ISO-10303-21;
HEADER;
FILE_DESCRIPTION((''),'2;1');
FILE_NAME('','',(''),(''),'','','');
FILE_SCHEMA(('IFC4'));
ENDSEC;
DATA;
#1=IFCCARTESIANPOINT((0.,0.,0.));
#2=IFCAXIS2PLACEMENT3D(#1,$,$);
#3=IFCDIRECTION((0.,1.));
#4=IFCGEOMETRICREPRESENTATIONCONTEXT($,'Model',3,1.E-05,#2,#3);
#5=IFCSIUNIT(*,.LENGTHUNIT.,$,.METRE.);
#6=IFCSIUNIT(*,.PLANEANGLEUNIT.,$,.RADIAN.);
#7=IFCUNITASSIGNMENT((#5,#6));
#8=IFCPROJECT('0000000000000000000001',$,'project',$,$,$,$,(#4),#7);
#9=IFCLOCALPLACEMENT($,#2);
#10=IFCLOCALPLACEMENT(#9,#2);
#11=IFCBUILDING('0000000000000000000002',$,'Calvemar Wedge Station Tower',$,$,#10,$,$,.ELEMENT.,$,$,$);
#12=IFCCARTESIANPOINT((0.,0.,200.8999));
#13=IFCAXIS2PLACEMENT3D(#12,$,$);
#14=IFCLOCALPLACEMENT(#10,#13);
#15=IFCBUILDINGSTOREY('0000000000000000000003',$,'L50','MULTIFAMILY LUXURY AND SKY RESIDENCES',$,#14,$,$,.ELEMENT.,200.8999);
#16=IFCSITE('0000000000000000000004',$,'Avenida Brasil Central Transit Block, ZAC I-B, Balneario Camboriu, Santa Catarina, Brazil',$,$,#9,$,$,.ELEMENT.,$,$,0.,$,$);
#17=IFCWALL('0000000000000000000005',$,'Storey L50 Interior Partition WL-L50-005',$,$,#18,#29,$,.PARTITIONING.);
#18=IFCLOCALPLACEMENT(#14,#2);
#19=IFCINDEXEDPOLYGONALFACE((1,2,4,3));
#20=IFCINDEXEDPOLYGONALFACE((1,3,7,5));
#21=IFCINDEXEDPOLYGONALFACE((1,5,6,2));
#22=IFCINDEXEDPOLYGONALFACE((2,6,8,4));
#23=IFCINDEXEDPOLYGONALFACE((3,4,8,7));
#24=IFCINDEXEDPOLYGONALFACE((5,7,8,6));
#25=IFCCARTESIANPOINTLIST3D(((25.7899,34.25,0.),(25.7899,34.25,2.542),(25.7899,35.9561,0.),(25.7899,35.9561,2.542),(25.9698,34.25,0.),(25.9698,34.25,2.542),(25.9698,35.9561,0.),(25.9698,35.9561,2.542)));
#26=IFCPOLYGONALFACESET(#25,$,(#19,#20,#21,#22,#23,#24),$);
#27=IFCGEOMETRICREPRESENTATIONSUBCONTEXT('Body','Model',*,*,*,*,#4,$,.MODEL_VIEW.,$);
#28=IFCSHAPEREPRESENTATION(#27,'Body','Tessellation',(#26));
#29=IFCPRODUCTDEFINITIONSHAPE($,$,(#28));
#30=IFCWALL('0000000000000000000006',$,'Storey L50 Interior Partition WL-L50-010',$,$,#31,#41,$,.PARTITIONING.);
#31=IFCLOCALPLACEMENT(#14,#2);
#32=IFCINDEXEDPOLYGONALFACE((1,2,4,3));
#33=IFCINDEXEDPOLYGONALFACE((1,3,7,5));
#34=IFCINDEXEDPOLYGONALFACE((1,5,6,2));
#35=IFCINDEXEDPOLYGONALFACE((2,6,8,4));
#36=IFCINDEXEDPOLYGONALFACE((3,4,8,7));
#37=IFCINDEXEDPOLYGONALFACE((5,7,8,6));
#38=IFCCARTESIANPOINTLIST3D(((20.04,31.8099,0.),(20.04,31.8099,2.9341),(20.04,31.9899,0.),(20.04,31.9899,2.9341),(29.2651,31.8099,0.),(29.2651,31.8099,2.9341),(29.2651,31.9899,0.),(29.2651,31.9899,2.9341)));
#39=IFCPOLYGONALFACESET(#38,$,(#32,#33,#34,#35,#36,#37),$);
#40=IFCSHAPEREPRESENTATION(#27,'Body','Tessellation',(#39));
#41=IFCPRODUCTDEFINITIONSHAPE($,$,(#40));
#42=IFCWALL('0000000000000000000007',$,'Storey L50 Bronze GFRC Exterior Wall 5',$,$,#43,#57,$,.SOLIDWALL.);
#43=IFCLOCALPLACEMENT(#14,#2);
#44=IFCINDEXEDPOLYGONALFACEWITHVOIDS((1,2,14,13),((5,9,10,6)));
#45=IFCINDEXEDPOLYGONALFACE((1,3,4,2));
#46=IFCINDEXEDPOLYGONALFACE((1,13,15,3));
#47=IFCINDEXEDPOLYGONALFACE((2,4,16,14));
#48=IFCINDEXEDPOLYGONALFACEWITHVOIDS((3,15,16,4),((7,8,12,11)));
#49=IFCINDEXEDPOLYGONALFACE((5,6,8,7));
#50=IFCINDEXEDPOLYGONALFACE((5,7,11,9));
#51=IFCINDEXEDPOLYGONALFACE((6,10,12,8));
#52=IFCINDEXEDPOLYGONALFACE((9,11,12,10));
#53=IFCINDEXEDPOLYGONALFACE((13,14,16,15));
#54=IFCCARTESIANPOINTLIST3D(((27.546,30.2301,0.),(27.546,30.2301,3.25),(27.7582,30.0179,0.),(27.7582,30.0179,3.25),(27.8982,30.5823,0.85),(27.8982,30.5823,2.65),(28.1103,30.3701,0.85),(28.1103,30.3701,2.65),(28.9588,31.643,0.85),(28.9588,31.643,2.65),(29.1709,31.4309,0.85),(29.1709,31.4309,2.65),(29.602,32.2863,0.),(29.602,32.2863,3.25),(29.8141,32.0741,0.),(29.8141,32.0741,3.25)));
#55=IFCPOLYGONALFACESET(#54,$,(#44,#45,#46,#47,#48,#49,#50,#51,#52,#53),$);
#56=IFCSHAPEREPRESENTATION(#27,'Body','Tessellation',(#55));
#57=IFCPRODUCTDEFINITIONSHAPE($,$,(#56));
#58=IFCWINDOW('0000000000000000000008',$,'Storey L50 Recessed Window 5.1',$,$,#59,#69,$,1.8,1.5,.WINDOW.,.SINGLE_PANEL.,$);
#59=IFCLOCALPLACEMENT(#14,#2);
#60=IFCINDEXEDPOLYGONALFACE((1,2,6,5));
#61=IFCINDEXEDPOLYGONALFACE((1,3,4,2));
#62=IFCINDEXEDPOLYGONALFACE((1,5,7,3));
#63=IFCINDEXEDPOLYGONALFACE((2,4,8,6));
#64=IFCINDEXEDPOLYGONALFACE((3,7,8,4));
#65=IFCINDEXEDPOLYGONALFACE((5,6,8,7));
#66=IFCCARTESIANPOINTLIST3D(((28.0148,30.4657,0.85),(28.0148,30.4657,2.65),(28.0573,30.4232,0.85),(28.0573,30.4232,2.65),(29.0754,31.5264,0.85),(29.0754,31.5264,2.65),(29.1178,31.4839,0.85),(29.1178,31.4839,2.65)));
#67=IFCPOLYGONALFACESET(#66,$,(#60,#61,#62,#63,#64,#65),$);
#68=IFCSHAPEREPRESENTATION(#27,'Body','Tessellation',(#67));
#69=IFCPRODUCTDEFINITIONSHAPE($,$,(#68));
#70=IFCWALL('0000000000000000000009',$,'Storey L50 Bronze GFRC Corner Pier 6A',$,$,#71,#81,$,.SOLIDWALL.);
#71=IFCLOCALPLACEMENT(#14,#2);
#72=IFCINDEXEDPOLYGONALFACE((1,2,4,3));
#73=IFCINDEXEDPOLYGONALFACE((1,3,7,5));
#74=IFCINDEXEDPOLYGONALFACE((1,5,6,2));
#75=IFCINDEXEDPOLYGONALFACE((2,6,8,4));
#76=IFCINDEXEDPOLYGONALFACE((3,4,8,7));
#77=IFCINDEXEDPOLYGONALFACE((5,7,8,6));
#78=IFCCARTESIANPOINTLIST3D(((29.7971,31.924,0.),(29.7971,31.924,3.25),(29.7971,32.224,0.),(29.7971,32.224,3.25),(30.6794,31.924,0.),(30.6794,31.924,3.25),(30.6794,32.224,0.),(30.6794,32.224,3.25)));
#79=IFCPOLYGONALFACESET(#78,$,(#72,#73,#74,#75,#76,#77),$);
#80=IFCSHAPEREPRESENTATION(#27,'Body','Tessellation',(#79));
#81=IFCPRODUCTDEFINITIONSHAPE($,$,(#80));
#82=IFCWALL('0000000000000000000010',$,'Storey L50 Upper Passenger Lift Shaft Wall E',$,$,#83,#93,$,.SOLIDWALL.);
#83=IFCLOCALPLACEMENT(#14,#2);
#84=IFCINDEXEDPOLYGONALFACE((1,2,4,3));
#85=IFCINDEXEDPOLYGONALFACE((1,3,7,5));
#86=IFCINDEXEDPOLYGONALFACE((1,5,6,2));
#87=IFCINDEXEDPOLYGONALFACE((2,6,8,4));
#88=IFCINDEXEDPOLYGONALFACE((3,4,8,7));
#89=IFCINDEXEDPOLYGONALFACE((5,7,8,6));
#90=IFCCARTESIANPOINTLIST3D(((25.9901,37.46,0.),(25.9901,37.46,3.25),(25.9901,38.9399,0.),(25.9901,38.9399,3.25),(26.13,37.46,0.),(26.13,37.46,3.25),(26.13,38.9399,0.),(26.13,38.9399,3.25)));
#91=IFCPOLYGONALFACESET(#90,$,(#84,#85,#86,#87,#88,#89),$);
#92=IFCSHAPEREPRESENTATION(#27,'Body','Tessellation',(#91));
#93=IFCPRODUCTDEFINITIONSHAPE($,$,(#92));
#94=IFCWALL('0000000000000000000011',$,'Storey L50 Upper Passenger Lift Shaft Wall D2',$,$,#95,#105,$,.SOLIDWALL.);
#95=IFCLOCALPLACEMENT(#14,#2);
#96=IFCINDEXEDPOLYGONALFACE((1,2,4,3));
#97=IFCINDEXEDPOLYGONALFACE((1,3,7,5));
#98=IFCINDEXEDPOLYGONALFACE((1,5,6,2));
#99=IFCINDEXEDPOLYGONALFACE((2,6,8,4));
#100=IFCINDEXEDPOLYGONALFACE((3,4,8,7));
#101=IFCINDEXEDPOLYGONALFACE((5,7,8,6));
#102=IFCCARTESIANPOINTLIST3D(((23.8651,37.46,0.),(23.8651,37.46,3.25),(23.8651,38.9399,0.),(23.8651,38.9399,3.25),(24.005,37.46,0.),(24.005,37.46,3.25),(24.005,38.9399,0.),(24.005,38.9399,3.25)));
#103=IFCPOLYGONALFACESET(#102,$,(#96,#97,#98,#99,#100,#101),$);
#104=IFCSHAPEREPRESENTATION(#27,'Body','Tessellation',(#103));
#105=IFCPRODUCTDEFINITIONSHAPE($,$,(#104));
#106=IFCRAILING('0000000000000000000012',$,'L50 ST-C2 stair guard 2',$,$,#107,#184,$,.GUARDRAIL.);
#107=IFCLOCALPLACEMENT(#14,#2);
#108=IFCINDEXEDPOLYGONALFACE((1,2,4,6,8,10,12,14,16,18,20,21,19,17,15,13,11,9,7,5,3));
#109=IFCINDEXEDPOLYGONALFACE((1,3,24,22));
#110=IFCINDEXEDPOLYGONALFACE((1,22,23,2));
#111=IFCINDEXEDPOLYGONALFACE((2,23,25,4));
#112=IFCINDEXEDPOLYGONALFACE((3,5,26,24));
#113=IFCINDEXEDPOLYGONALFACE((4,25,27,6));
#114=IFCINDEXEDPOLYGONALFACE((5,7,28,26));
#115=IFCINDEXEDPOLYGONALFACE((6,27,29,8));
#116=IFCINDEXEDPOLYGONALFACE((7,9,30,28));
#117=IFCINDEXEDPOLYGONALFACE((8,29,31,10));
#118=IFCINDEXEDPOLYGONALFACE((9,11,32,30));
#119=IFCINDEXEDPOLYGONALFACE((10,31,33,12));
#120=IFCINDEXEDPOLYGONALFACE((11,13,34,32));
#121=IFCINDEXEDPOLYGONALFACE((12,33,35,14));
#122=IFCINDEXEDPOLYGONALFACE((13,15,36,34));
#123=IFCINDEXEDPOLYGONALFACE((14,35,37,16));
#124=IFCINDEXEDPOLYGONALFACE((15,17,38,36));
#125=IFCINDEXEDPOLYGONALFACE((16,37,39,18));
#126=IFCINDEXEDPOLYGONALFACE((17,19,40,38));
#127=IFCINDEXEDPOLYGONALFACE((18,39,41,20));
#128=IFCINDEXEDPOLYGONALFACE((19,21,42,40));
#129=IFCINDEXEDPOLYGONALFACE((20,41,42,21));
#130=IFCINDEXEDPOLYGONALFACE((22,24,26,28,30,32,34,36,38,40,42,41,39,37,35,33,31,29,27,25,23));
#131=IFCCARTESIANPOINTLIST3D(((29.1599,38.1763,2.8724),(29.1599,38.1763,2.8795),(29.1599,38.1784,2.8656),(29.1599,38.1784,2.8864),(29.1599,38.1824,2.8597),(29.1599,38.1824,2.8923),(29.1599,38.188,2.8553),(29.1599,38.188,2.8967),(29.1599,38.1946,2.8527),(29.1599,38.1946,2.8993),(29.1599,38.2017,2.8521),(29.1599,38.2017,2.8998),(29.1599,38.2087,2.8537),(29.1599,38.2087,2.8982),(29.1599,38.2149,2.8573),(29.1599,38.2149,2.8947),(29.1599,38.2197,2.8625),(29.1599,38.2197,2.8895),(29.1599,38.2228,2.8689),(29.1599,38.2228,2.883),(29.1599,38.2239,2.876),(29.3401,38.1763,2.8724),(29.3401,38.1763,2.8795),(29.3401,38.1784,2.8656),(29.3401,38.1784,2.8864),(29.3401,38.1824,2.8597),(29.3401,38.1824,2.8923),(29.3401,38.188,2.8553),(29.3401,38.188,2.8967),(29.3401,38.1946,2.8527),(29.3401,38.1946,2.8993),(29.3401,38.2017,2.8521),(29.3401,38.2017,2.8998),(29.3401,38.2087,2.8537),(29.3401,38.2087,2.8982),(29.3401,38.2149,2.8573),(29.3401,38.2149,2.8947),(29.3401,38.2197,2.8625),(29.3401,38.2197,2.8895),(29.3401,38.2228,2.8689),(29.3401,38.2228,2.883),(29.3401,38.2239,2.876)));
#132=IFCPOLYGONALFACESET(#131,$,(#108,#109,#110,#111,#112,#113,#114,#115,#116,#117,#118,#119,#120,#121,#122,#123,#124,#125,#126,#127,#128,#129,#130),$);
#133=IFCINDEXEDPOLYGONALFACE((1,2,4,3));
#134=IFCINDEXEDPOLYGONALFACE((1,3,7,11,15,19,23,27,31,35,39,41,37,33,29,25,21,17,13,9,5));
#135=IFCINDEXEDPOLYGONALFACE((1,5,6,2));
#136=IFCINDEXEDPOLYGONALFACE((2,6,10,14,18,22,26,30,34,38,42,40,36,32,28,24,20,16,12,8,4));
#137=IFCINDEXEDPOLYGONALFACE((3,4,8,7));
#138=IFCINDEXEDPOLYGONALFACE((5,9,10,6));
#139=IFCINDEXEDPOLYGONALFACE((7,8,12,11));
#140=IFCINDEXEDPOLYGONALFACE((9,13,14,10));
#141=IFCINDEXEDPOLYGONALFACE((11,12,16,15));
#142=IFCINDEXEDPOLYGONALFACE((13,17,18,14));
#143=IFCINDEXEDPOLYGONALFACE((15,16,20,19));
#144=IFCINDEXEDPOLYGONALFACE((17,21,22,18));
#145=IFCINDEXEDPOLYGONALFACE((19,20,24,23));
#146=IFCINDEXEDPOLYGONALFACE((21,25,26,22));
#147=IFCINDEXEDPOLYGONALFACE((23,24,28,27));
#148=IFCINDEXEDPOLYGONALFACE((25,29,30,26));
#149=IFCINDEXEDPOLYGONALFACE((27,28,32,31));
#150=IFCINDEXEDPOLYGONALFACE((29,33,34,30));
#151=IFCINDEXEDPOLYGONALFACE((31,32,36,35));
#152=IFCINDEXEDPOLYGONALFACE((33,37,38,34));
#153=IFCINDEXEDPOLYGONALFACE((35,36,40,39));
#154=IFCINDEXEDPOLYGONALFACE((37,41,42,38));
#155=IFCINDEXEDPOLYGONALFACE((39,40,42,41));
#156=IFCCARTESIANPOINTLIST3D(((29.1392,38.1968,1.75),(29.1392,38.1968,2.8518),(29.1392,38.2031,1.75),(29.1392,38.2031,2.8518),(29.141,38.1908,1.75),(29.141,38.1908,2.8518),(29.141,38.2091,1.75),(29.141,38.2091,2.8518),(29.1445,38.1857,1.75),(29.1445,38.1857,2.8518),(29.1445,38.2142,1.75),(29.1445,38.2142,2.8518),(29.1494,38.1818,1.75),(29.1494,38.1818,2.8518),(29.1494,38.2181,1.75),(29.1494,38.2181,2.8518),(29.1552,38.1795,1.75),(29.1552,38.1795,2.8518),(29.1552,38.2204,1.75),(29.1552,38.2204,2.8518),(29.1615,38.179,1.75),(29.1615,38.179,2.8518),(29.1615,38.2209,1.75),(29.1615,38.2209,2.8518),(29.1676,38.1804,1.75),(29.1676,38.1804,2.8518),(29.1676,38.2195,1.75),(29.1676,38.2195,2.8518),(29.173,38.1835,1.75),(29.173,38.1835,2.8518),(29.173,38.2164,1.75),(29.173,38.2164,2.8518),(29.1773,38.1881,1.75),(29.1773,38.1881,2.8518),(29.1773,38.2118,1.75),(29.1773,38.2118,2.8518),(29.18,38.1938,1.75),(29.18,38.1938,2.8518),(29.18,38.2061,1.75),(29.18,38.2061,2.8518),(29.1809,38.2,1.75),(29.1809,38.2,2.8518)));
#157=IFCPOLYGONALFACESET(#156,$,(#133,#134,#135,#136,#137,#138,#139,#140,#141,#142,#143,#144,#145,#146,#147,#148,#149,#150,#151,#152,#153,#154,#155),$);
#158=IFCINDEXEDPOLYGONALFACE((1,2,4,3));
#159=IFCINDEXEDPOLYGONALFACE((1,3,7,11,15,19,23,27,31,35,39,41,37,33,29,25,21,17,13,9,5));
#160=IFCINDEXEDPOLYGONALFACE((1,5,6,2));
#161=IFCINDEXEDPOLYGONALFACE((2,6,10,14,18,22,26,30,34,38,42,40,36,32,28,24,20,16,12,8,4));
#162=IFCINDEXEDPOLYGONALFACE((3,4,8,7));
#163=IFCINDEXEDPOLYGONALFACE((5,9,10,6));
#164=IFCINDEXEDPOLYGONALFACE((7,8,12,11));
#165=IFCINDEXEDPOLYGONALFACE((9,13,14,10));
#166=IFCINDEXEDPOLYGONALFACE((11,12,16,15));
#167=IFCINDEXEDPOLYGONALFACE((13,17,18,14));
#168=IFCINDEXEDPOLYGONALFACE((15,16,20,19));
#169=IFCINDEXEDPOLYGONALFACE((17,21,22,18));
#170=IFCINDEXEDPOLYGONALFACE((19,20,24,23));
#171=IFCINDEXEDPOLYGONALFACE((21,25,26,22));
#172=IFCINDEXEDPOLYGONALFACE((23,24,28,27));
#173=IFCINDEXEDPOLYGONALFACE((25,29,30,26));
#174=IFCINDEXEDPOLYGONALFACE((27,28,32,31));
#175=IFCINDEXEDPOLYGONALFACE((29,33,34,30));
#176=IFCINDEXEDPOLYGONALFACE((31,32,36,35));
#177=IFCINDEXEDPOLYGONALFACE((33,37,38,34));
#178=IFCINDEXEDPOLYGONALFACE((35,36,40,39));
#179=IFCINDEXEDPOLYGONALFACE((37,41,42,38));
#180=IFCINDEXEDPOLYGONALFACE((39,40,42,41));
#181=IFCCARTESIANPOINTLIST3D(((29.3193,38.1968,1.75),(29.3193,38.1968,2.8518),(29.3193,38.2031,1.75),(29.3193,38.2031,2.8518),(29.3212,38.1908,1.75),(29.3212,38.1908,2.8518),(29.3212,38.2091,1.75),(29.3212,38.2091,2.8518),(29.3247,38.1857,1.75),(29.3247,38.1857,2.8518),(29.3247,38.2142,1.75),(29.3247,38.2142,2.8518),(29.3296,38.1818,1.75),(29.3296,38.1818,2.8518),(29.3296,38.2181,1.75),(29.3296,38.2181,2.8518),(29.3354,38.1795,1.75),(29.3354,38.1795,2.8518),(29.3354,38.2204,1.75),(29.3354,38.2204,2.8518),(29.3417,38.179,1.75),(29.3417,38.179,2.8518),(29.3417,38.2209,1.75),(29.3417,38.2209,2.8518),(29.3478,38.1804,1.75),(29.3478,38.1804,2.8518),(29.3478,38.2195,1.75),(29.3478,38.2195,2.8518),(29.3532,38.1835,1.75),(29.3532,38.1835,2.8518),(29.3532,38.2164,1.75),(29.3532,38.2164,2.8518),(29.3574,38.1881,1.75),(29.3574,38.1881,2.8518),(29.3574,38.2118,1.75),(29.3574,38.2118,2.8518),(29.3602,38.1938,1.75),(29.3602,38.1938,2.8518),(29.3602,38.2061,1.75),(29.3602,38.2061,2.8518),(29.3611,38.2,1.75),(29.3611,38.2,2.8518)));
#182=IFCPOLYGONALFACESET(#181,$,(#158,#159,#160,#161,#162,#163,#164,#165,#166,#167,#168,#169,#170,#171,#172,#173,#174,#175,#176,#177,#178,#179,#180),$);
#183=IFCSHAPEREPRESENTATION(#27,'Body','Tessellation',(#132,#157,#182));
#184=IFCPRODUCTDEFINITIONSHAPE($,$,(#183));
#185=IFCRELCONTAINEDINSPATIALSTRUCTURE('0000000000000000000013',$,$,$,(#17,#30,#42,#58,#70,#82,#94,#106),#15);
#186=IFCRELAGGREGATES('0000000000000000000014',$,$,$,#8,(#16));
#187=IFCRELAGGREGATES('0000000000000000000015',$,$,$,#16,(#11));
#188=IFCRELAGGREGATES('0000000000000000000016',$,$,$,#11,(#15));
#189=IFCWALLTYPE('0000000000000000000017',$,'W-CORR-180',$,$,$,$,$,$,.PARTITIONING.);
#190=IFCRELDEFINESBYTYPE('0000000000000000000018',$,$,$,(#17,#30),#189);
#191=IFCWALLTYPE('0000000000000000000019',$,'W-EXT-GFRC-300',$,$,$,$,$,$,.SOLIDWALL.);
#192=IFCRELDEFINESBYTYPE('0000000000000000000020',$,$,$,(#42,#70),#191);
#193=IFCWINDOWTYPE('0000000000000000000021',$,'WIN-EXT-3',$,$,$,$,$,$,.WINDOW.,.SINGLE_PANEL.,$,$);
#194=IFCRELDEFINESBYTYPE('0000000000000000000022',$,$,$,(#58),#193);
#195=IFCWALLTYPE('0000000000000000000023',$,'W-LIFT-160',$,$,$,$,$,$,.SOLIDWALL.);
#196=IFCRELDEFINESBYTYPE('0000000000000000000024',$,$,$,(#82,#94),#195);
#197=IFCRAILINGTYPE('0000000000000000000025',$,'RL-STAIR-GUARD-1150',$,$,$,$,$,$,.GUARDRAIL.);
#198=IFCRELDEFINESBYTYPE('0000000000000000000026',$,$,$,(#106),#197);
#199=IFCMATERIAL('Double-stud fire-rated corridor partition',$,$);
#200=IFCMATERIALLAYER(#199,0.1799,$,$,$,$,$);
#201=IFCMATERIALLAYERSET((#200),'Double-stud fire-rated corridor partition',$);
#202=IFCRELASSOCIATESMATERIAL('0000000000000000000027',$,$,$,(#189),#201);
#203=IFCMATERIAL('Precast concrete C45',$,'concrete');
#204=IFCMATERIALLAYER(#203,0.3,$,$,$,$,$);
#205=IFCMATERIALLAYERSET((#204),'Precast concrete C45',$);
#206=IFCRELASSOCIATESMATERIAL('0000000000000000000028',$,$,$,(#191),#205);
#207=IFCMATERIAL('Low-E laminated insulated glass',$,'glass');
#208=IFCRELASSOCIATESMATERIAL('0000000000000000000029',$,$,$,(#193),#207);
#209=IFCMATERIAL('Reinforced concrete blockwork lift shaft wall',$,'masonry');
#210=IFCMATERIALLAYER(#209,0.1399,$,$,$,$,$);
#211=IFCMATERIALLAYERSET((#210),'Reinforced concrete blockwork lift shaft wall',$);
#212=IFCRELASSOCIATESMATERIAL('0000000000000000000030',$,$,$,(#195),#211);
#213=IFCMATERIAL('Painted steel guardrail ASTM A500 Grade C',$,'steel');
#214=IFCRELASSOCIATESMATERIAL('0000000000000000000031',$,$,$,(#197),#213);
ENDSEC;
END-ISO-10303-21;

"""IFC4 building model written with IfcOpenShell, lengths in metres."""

from ifc_helpers import new_model, si_unit, direction, frame, frame_2d, origin, origin_2d, place, context, subcontext, project, spatial, rectangle, circle, extrude, source, transform, mapped, material, layer, layer_set, type_object, element, fill, save


model = new_model("IFC4")

# Units and contexts
model_context = context("Model", 3, precision=1e-05, world=origin(), true_north=direction((0.0, 1.0)))
body_context = subcontext(model_context, "Body", "Model", "MODEL_VIEW")
ifc_project = project(units=[si_unit("LENGTHUNIT", "METRE"), si_unit("PLANEANGLEUNIT", "RADIAN")], contexts=[model_context])

# Site, building, storey
site_placement = place(None, origin())
site = spatial("IfcSite", under=ifc_project, at=site_placement, Name="Avenida Brasil Central Transit Block, ZAC I-B, Balneario Camboriu, Santa Catarina, Brazil", CompositionType="ELEMENT", RefElevation=0.0)
building_placement = place(site_placement, origin())
building = spatial("IfcBuilding", under=site, at=building_placement, Name="Calvemar Wedge Station Tower", CompositionType="ELEMENT")
storey_placement = place(building_placement, frame((0.0, 0.0, 200.8999)))
storey = spatial("IfcBuildingStorey", under=building, at=storey_placement, Name="L50", Description="MULTIFAMILY LUXURY AND SKY RESIDENCES", CompositionType="ELEMENT", Elevation=200.8999)

# Walls
ifc_material_1 = material(Name="Double-stud fire-rated corridor partition")
ifc_layer_1 = layer(ifc_material_1, 0.1799)
ifc_layer_set_1 = layer_set([ifc_layer_1], Name="Double-stud fire-rated corridor partition")
wall_type_1 = type_object("IfcWallType", Name="W-CORR-180", PredefinedType="PARTITIONING", material=ifc_layer_set_1)
wall_1_placement = place(storey_placement, frame((25.8799, 35.9561, 0.0), z_axis=(0.0, 0.0, 1.0), x_axis=(0.0, -1.0, 0.0)))
element("IfcWall", 1, at=wall_1_placement, inside=storey, type_object=wall_type_1, Name="Storey L50 Interior Partition WL-L50-005", PredefinedType="PARTITIONING", context=body_context, shape_type="SweptSolid", body=[
    extrude(rectangle(XDim=1.7061, YDim=0.1799, at=frame_2d((0.853, 0.0))), origin(), (0.0, 0.0, 1.0), 2.542),
])
wall_2_placement = place(storey_placement, frame((29.2651, 31.8999, 0.0), z_axis=(0.0, 0.0, 1.0), x_axis=(-1.0, 0.0, 0.0)))
element("IfcWall", 2, at=wall_2_placement, inside=storey, type_object=wall_type_1, Name="Storey L50 Interior Partition WL-L50-010", PredefinedType="PARTITIONING", context=body_context, shape_type="SweptSolid", body=[
    extrude(rectangle(XDim=9.2251, YDim=0.1799, at=frame_2d((4.6125, 0.0))), origin(), (0.0, 0.0, 1.0), 2.9341),
])

# Wall, opening, window
ifc_material_2 = material(Name="Precast concrete C45", Category="concrete")
ifc_layer_2 = layer(ifc_material_2, 0.3)
ifc_layer_set_2 = layer_set([ifc_layer_2], Name="Precast concrete C45")
wall_type_2 = type_object("IfcWallType", Name="W-EXT-GFRC-300", PredefinedType="SOLIDWALL", material=ifc_layer_set_2)
wall_3_placement = place(storey_placement, frame((27.6521, 30.124, 0.0), z_axis=(0.0, 0.0, 1.0), x_axis=(0.707065, 0.707149, 0.0)))
wall_3 = element("IfcWall", 3, at=wall_3_placement, inside=storey, type_object=wall_type_2, Name="Storey L50 Bronze GFRC Exterior Wall 5", PredefinedType="SOLIDWALL", context=body_context, shape_type="SweptSolid", body=[
    extrude(rectangle(XDim=2.9077, YDim=0.3, at=frame_2d((1.4539, 0.0))), origin(), (0.0, 0.0, 1.0), 3.25),
])
shared_shape_1 = source(origin(), body_context, "Body", "SweptSolid", [
    extrude(rectangle(XDim=1.5, YDim=1.8, at=frame_2d((0.75, 0.8999))), frame((0.0, 0.1602, 0.0), z_axis=(0.0, -1.0, 0.0), x_axis=(1.0, 0.0, 0.0)), (0.0, 0.0, 1.0), 0.3201),
])
opening_1_placement = place(wall_3_placement, frame((0.498, 0.0, 0.8501)))
opening_1 = element("IfcOpeningElement", 4, at=opening_1_placement, cuts=wall_3, PredefinedType="OPENING", context=body_context, shape_type="MappedRepresentation", body=[
    mapped(shared_shape_1, transform((0.0, 0.0, 0.0), scale=1.0)),
])
ifc_material_3 = material(Name="Low-E laminated insulated glass", Category="glass")
window_type = type_object("IfcWindowType", Name="WIN-EXT-3", PartitioningType="SINGLE_PANEL", PredefinedType="WINDOW", material=ifc_material_3)
shared_shape_2 = source(origin(), body_context, "Body", "SweptSolid", [
    extrude(rectangle(XDim=1.5, YDim=1.8, at=frame_2d((0.75, 0.8999))), frame((0.0, -0.0149, 0.0), z_axis=(0.0, -1.0, 0.0), x_axis=(1.0, 0.0, 0.0)), (0.0, 0.0, 1.0), 0.0601),
])
window_placement = place(opening_1_placement, origin())
window = element("IfcWindow", 5, at=window_placement, inside=storey, type_object=window_type, Name="Storey L50 Recessed Window 5.1", OverallHeight=1.8, OverallWidth=1.5, PartitioningType="SINGLE_PANEL", PredefinedType="WINDOW", context=body_context, shape_type="MappedRepresentation", body=[
    mapped(shared_shape_2, transform((0.0, 0.0, 0.0), scale=1.0)),
])
fill(opening_1, window)

# Walls
wall_4_placement = place(storey_placement, frame((29.7971, 32.074, 0.0), z_axis=(0.0, 0.0, 1.0), x_axis=(1.0, 0.0, 0.0)))
element("IfcWall", 6, at=wall_4_placement, inside=storey, type_object=wall_type_2, Name="Storey L50 Bronze GFRC Corner Pier 6A", PredefinedType="SOLIDWALL", context=body_context, shape_type="SweptSolid", body=[
    extrude(rectangle(XDim=0.8823, YDim=0.3, at=frame_2d((0.4412, 0.0))), origin(), (0.0, 0.0, 1.0), 3.25),
])
ifc_material_4 = material(Name="Reinforced concrete blockwork lift shaft wall", Category="masonry")
ifc_layer_3 = layer(ifc_material_4, 0.1399)
ifc_layer_set_3 = layer_set([ifc_layer_3], Name="Reinforced concrete blockwork lift shaft wall")
wall_type_3 = type_object("IfcWallType", Name="W-LIFT-160", PredefinedType="SOLIDWALL", material=ifc_layer_set_3)
for number, where, z_axis, x_axis, name in (
    (7, (26.0601, 37.46, 0.0), (0.0, 0.0, 1.0), (0.0, 1.0, 0.0), "Storey L50 Upper Passenger Lift Shaft Wall E"),
    (8, (23.9351, 37.46, 0.0), (0.0, 0.0, 1.0), (0.0, 1.0, 0.0), "Storey L50 Upper Passenger Lift Shaft Wall D2"),
):
    element("IfcWall", number, at=place(storey_placement, frame(where, z_axis=z_axis, x_axis=x_axis)), inside=storey, type_object=wall_type_3, Name=name, PredefinedType="SOLIDWALL", context=body_context, shape_type="SweptSolid", body=[
        extrude(rectangle(XDim=1.48, YDim=0.1399, at=frame_2d((0.74, 0.0))), origin(), (0.0, 0.0, 1.0), 3.25),
    ])

# Railing
ifc_material_5 = material(Name="Painted steel guardrail ASTM A500 Grade C", Category="steel")
railing_type = type_object("IfcRailingType", Name="RL-STAIR-GUARD-1150", PredefinedType="GUARDRAIL", material=ifc_material_5)
railing_placement = place(storey_placement, frame((29.1599, 38.2, 1.75)))
element("IfcRailing", 9, at=railing_placement, inside=storey, type_object=railing_type, Name="L50 ST-C2 stair guard 2", PredefinedType="GUARDRAIL", context=body_context, shape_type="SweptSolid", body=[
    extrude(circle(Radius=0.0239, at=origin_2d()), frame((0.0, 0.0, 1.126), z_axis=(1.0, 0.0, 0.0), x_axis=(0.0, 1.0, 0.0)), (0.0, 0.0, 1.0), 0.1802),
    extrude(circle(Radius=0.021, at=origin_2d()), origin(), (0.0, 0.0, 1.0), 1.1018),
    extrude(circle(Radius=0.021, at=origin_2d()), frame((0.1802, 0.0, 0.0)), (0.0, 0.0, 1.0), 1.1018),
])

save(model, "model.ifc")
